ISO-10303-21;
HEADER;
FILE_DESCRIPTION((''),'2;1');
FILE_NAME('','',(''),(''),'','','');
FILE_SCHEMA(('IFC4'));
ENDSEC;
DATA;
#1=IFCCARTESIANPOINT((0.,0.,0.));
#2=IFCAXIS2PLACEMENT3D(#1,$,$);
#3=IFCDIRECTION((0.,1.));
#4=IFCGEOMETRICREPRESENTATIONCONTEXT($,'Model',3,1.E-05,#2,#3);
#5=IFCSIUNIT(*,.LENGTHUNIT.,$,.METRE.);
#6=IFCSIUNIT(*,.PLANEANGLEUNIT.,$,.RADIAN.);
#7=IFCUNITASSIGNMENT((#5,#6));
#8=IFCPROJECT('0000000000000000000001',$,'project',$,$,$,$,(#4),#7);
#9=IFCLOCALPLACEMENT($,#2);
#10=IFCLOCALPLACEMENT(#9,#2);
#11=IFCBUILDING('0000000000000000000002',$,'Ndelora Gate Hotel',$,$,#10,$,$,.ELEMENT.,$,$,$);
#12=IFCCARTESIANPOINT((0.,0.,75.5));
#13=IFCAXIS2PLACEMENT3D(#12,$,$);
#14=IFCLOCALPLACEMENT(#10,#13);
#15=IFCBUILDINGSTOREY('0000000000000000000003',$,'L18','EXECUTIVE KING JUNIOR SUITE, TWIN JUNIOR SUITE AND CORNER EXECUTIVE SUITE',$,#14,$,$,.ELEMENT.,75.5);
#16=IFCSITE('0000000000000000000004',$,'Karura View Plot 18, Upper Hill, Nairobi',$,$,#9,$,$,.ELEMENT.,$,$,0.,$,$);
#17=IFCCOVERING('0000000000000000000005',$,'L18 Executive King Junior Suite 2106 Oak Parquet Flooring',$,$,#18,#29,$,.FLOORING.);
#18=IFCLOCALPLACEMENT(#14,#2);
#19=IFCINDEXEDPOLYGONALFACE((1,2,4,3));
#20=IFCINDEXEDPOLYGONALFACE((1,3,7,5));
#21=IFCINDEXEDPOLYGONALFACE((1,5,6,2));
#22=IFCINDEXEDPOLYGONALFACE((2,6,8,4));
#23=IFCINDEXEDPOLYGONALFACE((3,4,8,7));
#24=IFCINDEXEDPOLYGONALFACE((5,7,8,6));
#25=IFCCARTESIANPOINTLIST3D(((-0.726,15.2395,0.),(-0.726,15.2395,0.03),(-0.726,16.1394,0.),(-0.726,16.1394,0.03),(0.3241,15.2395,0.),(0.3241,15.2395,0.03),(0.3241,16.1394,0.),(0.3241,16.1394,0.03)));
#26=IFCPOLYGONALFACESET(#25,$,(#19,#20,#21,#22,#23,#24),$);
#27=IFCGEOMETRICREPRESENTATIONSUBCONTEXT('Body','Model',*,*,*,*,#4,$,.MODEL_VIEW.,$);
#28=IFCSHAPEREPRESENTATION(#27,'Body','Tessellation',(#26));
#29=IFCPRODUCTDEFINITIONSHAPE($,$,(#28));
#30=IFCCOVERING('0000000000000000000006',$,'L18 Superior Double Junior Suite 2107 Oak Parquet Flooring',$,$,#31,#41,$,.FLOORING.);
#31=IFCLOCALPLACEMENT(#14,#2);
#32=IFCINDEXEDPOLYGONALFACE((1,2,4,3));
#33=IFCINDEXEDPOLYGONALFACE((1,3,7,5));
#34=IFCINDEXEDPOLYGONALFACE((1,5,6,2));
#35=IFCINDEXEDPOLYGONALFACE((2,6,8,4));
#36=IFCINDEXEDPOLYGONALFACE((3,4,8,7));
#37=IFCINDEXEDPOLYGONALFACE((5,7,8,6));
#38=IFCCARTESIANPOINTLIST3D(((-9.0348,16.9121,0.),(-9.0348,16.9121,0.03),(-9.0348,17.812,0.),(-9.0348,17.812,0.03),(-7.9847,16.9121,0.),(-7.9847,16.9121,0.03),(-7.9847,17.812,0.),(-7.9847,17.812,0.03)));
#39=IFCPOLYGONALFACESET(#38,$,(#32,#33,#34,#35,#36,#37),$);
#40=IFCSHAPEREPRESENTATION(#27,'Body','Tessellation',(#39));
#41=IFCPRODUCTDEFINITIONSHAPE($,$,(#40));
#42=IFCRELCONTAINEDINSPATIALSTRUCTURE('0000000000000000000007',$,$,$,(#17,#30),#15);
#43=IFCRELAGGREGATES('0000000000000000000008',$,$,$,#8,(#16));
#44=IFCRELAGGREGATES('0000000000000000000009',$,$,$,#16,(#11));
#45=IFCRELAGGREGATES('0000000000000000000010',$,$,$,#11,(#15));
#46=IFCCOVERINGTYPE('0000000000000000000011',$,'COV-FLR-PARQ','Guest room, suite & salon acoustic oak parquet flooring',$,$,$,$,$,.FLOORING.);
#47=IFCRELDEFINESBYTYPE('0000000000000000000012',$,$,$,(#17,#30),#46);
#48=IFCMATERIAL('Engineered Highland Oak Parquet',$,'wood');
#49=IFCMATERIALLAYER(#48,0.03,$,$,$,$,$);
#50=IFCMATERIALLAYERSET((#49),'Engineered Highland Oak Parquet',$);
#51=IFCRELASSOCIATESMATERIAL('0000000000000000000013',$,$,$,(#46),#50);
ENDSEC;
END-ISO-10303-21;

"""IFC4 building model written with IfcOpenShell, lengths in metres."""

from ifc_helpers import new_model, si_unit, direction, frame, origin, origin_2d, place, context, subcontext, project, spatial, rectangle, extrude, material, layer, layer_set, type_object, element, save


model = new_model("IFC4")

# Units and contexts
model_context = context("Model", 3, precision=1e-05, world=origin(), true_north=direction((0.0, 1.0)))
body_context = subcontext(model_context, "Body", "Model", "MODEL_VIEW")
ifc_project = project(units=[si_unit("LENGTHUNIT", "METRE"), si_unit("PLANEANGLEUNIT", "RADIAN")], contexts=[model_context])

# Site, building, storey
site_placement = place(None, origin())
site = spatial("IfcSite", under=ifc_project, at=site_placement, Name="Karura View Plot 18, Upper Hill, Nairobi", CompositionType="ELEMENT", RefElevation=0.0)
building_placement = place(site_placement, origin())
building = spatial("IfcBuilding", under=site, at=building_placement, Name="Ndelora Gate Hotel", CompositionType="ELEMENT")
storey_placement = place(building_placement, frame((0.0, 0.0, 75.5)))
storey = spatial("IfcBuildingStorey", under=building, at=storey_placement, Name="L18", Description="EXECUTIVE KING JUNIOR SUITE, TWIN JUNIOR SUITE AND CORNER EXECUTIVE SUITE", CompositionType="ELEMENT", Elevation=75.5)

# Coverings
ifc_material_1 = material(Name="Engineered Highland Oak Parquet", Category="wood")
ifc_layer_1 = layer(ifc_material_1, 0.03)
ifc_layer_set_1 = layer_set([ifc_layer_1], Name="Engineered Highland Oak Parquet")
covering_type_1 = type_object("IfcCoveringType", Name="COV-FLR-PARQ", Description="Guest room, suite & salon acoustic oak parquet flooring", PredefinedType="FLOORING", material=ifc_layer_set_1)
for number, where, z_axis, x_axis, name in (
    (1, (-0.2009, 15.6895, 0.0), (0.0, 0.0, 1.0), (1.0, 0.0, 0.0), "L18 Executive King Junior Suite 2106 Oak Parquet Flooring"),
    (2, (-8.5098, 17.3621, 0.0), (0.0, 0.0, 1.0), (1.0, 0.0, 0.0), "L18 Superior Double Junior Suite 2107 Oak Parquet Flooring"),
):
    element("IfcCovering", number, at=place(storey_placement, frame(where, z_axis=z_axis, x_axis=x_axis)), inside=storey, type_object=covering_type_1, Name=name, PredefinedType="FLOORING", context=body_context, shape_type="SweptSolid", body=[
        extrude(rectangle(XDim=1.05, YDim=0.8999, at=origin_2d()), origin(), (0.0, 0.0, 1.0), 0.03),
    ])

save(model, "model.ifc")
